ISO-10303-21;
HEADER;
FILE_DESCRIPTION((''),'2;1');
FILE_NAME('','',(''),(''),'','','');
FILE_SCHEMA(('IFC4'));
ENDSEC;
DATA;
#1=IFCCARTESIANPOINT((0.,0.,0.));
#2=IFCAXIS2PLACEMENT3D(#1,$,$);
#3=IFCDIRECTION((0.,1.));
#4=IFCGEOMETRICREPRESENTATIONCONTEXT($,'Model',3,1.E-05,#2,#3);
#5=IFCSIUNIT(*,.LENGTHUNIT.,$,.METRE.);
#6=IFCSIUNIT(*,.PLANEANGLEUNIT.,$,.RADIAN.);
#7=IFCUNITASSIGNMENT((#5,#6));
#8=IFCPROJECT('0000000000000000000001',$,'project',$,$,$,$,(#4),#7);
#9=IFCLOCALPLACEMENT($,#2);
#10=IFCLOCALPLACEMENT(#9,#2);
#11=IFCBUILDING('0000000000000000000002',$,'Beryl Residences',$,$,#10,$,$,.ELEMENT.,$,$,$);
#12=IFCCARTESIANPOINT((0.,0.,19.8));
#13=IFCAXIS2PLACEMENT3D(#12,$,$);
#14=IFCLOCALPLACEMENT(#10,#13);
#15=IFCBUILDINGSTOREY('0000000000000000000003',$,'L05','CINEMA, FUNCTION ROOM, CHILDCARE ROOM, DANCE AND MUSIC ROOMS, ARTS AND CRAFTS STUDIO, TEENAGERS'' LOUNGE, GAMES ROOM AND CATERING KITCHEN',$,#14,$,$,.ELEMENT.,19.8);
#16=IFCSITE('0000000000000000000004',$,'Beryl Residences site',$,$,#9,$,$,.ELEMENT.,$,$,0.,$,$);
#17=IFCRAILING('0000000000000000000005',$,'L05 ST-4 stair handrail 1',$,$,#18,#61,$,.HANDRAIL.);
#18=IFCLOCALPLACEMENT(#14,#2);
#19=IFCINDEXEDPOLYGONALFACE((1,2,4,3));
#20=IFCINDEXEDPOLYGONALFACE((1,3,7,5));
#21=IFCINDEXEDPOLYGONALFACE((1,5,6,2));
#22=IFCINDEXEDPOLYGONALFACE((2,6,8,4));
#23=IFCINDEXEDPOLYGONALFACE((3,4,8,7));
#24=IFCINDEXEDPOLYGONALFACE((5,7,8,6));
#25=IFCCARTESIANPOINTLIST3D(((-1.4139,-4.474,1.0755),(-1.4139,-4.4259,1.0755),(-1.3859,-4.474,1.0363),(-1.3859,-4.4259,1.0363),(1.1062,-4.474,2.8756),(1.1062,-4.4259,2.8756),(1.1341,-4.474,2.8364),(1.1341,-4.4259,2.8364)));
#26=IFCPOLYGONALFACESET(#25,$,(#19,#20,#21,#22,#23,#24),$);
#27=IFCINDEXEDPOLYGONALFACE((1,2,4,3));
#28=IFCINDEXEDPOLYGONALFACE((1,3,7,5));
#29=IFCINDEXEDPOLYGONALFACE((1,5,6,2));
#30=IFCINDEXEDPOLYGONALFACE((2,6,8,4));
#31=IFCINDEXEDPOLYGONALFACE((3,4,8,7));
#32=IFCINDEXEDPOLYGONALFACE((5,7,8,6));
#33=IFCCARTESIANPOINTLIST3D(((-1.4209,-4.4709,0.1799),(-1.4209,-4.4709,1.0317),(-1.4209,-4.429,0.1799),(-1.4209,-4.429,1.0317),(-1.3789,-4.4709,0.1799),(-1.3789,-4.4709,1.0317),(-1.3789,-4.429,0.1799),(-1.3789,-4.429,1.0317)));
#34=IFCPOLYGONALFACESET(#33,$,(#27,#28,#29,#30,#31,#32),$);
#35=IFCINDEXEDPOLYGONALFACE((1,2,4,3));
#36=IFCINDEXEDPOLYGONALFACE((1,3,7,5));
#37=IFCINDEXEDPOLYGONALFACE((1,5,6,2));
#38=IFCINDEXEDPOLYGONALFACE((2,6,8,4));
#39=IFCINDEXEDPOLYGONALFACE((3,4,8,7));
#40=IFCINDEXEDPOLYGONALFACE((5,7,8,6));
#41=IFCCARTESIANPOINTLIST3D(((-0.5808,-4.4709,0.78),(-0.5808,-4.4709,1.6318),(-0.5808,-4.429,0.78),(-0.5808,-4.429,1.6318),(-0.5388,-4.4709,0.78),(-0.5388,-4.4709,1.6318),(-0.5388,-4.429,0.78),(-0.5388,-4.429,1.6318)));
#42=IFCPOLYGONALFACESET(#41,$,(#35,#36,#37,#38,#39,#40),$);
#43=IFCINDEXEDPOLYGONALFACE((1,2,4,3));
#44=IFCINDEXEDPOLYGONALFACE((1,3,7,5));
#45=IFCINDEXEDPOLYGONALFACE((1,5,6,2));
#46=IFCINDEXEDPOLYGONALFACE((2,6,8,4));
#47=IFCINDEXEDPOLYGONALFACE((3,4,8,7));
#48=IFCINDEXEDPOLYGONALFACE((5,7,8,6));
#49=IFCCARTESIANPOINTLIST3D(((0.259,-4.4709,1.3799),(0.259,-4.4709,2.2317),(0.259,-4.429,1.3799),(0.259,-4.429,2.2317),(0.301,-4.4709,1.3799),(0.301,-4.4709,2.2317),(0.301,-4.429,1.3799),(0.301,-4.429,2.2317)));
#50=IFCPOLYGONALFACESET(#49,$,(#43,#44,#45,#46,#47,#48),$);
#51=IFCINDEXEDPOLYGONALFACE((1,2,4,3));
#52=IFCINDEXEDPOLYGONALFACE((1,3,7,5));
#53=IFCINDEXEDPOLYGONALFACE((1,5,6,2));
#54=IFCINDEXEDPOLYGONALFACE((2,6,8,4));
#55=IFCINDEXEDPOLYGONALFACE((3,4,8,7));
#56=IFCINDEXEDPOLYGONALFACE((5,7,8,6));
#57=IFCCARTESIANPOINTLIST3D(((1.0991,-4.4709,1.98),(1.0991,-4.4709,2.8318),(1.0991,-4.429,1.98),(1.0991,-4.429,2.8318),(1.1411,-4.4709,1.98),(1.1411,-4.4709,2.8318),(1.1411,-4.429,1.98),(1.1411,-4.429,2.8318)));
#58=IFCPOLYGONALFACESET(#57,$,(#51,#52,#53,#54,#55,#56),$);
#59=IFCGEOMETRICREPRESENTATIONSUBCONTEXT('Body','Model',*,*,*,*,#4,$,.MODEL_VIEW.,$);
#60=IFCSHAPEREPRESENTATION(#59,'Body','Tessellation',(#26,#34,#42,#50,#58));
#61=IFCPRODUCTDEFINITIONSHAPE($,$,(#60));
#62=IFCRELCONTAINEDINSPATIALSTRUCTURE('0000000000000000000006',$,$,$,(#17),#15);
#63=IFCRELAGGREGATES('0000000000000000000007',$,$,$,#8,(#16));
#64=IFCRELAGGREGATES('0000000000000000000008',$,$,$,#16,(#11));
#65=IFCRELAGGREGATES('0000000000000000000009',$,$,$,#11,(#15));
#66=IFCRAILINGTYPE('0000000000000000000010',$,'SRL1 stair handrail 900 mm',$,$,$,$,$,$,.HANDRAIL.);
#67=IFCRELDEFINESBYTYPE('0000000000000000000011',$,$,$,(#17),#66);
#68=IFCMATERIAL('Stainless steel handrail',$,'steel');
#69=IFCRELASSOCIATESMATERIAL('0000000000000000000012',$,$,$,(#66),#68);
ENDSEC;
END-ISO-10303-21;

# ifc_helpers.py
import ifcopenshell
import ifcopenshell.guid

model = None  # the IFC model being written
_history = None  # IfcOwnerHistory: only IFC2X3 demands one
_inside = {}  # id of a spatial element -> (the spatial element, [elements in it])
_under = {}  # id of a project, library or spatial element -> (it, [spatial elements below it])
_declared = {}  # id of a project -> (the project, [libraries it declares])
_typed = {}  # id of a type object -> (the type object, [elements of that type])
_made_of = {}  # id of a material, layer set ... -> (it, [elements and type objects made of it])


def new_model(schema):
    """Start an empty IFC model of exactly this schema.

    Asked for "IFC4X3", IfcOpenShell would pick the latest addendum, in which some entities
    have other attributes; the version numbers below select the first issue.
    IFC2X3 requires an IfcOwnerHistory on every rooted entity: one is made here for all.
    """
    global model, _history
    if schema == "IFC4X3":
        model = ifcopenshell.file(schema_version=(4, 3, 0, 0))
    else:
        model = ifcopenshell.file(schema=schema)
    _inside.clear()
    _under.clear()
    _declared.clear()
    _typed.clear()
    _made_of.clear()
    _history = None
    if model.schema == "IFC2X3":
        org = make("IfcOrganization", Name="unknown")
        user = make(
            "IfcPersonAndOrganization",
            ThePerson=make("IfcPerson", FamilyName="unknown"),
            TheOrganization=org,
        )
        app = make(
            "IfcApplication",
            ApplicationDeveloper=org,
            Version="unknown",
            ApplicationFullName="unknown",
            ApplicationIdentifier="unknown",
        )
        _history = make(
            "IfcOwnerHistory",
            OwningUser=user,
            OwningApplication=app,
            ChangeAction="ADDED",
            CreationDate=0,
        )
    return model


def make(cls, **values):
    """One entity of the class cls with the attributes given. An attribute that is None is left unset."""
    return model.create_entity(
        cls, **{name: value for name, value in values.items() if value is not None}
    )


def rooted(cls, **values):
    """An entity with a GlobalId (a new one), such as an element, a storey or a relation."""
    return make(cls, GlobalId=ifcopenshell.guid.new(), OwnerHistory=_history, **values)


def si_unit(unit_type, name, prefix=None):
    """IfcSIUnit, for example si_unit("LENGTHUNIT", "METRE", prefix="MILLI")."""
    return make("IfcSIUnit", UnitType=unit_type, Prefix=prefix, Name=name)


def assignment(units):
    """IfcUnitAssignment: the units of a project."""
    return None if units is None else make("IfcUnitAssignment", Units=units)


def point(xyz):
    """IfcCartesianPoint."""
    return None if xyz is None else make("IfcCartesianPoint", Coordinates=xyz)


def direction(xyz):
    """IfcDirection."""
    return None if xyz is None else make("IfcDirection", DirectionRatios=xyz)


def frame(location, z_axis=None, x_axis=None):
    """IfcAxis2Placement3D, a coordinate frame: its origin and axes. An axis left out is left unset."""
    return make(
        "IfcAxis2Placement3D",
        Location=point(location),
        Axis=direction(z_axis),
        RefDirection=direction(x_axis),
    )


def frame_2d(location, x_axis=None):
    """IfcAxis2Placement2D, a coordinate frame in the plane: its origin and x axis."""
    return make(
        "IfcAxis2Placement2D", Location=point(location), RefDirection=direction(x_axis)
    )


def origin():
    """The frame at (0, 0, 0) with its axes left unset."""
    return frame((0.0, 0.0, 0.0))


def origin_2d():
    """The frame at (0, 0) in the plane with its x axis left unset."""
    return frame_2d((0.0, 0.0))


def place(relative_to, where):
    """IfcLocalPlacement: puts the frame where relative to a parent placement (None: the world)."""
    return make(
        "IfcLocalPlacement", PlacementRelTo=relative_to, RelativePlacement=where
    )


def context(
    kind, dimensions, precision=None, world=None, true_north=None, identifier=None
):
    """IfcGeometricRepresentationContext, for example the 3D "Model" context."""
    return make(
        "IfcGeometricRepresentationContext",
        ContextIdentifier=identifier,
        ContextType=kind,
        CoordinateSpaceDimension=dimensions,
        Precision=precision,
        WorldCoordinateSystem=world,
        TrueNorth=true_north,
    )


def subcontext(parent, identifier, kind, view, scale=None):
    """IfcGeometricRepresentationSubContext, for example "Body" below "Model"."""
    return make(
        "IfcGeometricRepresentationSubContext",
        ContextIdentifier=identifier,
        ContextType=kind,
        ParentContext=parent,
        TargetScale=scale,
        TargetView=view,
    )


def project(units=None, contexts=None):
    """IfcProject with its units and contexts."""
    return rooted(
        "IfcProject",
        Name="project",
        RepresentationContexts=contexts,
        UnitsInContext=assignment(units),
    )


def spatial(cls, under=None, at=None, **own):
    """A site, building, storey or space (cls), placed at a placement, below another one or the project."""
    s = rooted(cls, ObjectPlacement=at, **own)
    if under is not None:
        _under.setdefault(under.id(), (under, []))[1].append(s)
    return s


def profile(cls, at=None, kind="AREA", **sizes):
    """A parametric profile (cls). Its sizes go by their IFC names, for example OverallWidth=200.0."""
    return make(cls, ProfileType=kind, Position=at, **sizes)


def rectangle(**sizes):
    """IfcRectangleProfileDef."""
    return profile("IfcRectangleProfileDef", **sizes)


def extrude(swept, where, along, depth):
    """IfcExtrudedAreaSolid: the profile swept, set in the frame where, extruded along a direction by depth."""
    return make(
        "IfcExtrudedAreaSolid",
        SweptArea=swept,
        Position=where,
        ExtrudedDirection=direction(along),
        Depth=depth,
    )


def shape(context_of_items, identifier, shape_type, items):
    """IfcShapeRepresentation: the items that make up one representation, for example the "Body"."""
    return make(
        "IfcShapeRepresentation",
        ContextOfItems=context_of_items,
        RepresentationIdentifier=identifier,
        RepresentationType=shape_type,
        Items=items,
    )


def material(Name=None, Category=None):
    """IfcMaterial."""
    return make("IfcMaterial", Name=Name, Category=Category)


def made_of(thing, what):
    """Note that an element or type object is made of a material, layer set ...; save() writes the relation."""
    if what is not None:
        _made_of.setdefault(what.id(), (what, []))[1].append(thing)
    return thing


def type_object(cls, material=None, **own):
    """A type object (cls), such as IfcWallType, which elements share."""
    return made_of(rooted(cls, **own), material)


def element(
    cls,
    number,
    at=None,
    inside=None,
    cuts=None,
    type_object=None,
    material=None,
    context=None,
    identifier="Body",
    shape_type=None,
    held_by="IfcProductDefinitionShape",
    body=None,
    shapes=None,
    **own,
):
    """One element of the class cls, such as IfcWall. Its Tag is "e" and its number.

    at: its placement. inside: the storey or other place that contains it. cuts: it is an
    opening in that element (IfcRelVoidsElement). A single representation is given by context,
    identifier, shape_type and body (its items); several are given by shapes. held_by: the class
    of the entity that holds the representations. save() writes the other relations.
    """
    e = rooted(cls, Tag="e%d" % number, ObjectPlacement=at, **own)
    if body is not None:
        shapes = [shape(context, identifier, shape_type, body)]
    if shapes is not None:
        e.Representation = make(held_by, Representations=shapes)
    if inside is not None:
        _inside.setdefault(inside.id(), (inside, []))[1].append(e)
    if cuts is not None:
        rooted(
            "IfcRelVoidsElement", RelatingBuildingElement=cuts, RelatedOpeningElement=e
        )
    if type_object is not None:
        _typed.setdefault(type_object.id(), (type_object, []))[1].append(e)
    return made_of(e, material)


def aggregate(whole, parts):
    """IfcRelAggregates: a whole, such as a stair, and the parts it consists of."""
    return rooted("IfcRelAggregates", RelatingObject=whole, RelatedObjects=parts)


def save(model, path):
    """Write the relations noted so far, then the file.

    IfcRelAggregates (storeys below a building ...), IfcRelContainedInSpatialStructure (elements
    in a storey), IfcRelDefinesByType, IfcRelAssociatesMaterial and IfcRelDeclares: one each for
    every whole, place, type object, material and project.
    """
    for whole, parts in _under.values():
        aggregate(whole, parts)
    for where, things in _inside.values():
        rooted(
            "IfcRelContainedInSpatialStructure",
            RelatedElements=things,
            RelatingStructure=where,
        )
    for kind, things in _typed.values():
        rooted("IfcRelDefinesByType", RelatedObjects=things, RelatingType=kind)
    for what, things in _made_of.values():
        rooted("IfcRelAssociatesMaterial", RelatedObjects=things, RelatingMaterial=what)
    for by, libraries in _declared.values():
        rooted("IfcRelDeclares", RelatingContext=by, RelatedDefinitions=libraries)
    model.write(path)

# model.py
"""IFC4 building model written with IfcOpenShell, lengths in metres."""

from ifc_helpers import new_model, si_unit, direction, frame, origin, origin_2d, place, context, subcontext, project, spatial, rectangle, extrude, material, type_object, element, save


model = new_model("IFC4")

# Units and contexts
model_context = context("Model", 3, precision=1e-05, world=origin(), true_north=direction((0.0, 1.0)))
body_context = subcontext(model_context, "Body", "Model", "MODEL_VIEW")
ifc_project = project(units=[si_unit("LENGTHUNIT", "METRE"), si_unit("PLANEANGLEUNIT", "RADIAN")], contexts=[model_context])

# Site, building, storey
site_placement = place(None, origin())
site = spatial("IfcSite", under=ifc_project, at=site_placement, Name="Beryl Residences site", CompositionType="ELEMENT", RefElevation=0.0)
building_placement = place(site_placement, origin())
building = spatial("IfcBuilding", under=site, at=building_placement, Name="Beryl Residences", CompositionType="ELEMENT")
storey_placement = place(building_placement, frame((0.0, 0.0, 19.8)))
storey = spatial("IfcBuildingStorey", under=building, at=storey_placement, Name="L05", Description="CINEMA, FUNCTION ROOM, CHILDCARE ROOM, DANCE AND MUSIC ROOMS, ARTS AND CRAFTS STUDIO, TEENAGERS' LOUNGE, GAMES ROOM AND CATERING KITCHEN", CompositionType="ELEMENT", Elevation=19.8)

# Railing
ifc_material_1 = material(Name="Stainless steel handrail", Category="steel")
railing_type_1 = type_object("IfcRailingType", Name="SRL1 stair handrail 900 mm", PredefinedType="HANDRAIL", material=ifc_material_1)
railing_1_placement = place(storey_placement, frame((-1.3999, -4.45, 0.1799)))
element("IfcRailing", 1, at=railing_1_placement, inside=storey, type_object=railing_type_1, Name="L05 ST-4 stair handrail 1", PredefinedType="HANDRAIL", context=body_context, shape_type="SweptSolid", body=[
    extrude(rectangle(XDim=0.0481, YDim=0.0481, at=origin_2d()), frame((0.0, 0.0, 0.876), z_axis=(0.813728, 0.0, 0.581246), x_axis=(0.0, 1.0, 0.0)), (0.0, 0.0, 1.0), 3.0969),
    extrude(rectangle(XDim=0.042, YDim=0.042, at=origin_2d()), origin(), (0.0, 0.0, 1.0), 0.8518),
    extrude(rectangle(XDim=0.042, YDim=0.042, at=origin_2d()), frame((0.8401, 0.0, 0.6001)), (0.0, 0.0, 1.0), 0.8518),
    extrude(rectangle(XDim=0.042, YDim=0.042, at=origin_2d()), frame((1.6799, 0.0, 1.2)), (0.0, 0.0, 1.0), 0.8518),
    extrude(rectangle(XDim=0.042, YDim=0.042, at=origin_2d()), frame((2.52, 0.0, 1.8)), (0.0, 0.0, 1.0), 0.8518),
])

save(model, "model.ifc")
